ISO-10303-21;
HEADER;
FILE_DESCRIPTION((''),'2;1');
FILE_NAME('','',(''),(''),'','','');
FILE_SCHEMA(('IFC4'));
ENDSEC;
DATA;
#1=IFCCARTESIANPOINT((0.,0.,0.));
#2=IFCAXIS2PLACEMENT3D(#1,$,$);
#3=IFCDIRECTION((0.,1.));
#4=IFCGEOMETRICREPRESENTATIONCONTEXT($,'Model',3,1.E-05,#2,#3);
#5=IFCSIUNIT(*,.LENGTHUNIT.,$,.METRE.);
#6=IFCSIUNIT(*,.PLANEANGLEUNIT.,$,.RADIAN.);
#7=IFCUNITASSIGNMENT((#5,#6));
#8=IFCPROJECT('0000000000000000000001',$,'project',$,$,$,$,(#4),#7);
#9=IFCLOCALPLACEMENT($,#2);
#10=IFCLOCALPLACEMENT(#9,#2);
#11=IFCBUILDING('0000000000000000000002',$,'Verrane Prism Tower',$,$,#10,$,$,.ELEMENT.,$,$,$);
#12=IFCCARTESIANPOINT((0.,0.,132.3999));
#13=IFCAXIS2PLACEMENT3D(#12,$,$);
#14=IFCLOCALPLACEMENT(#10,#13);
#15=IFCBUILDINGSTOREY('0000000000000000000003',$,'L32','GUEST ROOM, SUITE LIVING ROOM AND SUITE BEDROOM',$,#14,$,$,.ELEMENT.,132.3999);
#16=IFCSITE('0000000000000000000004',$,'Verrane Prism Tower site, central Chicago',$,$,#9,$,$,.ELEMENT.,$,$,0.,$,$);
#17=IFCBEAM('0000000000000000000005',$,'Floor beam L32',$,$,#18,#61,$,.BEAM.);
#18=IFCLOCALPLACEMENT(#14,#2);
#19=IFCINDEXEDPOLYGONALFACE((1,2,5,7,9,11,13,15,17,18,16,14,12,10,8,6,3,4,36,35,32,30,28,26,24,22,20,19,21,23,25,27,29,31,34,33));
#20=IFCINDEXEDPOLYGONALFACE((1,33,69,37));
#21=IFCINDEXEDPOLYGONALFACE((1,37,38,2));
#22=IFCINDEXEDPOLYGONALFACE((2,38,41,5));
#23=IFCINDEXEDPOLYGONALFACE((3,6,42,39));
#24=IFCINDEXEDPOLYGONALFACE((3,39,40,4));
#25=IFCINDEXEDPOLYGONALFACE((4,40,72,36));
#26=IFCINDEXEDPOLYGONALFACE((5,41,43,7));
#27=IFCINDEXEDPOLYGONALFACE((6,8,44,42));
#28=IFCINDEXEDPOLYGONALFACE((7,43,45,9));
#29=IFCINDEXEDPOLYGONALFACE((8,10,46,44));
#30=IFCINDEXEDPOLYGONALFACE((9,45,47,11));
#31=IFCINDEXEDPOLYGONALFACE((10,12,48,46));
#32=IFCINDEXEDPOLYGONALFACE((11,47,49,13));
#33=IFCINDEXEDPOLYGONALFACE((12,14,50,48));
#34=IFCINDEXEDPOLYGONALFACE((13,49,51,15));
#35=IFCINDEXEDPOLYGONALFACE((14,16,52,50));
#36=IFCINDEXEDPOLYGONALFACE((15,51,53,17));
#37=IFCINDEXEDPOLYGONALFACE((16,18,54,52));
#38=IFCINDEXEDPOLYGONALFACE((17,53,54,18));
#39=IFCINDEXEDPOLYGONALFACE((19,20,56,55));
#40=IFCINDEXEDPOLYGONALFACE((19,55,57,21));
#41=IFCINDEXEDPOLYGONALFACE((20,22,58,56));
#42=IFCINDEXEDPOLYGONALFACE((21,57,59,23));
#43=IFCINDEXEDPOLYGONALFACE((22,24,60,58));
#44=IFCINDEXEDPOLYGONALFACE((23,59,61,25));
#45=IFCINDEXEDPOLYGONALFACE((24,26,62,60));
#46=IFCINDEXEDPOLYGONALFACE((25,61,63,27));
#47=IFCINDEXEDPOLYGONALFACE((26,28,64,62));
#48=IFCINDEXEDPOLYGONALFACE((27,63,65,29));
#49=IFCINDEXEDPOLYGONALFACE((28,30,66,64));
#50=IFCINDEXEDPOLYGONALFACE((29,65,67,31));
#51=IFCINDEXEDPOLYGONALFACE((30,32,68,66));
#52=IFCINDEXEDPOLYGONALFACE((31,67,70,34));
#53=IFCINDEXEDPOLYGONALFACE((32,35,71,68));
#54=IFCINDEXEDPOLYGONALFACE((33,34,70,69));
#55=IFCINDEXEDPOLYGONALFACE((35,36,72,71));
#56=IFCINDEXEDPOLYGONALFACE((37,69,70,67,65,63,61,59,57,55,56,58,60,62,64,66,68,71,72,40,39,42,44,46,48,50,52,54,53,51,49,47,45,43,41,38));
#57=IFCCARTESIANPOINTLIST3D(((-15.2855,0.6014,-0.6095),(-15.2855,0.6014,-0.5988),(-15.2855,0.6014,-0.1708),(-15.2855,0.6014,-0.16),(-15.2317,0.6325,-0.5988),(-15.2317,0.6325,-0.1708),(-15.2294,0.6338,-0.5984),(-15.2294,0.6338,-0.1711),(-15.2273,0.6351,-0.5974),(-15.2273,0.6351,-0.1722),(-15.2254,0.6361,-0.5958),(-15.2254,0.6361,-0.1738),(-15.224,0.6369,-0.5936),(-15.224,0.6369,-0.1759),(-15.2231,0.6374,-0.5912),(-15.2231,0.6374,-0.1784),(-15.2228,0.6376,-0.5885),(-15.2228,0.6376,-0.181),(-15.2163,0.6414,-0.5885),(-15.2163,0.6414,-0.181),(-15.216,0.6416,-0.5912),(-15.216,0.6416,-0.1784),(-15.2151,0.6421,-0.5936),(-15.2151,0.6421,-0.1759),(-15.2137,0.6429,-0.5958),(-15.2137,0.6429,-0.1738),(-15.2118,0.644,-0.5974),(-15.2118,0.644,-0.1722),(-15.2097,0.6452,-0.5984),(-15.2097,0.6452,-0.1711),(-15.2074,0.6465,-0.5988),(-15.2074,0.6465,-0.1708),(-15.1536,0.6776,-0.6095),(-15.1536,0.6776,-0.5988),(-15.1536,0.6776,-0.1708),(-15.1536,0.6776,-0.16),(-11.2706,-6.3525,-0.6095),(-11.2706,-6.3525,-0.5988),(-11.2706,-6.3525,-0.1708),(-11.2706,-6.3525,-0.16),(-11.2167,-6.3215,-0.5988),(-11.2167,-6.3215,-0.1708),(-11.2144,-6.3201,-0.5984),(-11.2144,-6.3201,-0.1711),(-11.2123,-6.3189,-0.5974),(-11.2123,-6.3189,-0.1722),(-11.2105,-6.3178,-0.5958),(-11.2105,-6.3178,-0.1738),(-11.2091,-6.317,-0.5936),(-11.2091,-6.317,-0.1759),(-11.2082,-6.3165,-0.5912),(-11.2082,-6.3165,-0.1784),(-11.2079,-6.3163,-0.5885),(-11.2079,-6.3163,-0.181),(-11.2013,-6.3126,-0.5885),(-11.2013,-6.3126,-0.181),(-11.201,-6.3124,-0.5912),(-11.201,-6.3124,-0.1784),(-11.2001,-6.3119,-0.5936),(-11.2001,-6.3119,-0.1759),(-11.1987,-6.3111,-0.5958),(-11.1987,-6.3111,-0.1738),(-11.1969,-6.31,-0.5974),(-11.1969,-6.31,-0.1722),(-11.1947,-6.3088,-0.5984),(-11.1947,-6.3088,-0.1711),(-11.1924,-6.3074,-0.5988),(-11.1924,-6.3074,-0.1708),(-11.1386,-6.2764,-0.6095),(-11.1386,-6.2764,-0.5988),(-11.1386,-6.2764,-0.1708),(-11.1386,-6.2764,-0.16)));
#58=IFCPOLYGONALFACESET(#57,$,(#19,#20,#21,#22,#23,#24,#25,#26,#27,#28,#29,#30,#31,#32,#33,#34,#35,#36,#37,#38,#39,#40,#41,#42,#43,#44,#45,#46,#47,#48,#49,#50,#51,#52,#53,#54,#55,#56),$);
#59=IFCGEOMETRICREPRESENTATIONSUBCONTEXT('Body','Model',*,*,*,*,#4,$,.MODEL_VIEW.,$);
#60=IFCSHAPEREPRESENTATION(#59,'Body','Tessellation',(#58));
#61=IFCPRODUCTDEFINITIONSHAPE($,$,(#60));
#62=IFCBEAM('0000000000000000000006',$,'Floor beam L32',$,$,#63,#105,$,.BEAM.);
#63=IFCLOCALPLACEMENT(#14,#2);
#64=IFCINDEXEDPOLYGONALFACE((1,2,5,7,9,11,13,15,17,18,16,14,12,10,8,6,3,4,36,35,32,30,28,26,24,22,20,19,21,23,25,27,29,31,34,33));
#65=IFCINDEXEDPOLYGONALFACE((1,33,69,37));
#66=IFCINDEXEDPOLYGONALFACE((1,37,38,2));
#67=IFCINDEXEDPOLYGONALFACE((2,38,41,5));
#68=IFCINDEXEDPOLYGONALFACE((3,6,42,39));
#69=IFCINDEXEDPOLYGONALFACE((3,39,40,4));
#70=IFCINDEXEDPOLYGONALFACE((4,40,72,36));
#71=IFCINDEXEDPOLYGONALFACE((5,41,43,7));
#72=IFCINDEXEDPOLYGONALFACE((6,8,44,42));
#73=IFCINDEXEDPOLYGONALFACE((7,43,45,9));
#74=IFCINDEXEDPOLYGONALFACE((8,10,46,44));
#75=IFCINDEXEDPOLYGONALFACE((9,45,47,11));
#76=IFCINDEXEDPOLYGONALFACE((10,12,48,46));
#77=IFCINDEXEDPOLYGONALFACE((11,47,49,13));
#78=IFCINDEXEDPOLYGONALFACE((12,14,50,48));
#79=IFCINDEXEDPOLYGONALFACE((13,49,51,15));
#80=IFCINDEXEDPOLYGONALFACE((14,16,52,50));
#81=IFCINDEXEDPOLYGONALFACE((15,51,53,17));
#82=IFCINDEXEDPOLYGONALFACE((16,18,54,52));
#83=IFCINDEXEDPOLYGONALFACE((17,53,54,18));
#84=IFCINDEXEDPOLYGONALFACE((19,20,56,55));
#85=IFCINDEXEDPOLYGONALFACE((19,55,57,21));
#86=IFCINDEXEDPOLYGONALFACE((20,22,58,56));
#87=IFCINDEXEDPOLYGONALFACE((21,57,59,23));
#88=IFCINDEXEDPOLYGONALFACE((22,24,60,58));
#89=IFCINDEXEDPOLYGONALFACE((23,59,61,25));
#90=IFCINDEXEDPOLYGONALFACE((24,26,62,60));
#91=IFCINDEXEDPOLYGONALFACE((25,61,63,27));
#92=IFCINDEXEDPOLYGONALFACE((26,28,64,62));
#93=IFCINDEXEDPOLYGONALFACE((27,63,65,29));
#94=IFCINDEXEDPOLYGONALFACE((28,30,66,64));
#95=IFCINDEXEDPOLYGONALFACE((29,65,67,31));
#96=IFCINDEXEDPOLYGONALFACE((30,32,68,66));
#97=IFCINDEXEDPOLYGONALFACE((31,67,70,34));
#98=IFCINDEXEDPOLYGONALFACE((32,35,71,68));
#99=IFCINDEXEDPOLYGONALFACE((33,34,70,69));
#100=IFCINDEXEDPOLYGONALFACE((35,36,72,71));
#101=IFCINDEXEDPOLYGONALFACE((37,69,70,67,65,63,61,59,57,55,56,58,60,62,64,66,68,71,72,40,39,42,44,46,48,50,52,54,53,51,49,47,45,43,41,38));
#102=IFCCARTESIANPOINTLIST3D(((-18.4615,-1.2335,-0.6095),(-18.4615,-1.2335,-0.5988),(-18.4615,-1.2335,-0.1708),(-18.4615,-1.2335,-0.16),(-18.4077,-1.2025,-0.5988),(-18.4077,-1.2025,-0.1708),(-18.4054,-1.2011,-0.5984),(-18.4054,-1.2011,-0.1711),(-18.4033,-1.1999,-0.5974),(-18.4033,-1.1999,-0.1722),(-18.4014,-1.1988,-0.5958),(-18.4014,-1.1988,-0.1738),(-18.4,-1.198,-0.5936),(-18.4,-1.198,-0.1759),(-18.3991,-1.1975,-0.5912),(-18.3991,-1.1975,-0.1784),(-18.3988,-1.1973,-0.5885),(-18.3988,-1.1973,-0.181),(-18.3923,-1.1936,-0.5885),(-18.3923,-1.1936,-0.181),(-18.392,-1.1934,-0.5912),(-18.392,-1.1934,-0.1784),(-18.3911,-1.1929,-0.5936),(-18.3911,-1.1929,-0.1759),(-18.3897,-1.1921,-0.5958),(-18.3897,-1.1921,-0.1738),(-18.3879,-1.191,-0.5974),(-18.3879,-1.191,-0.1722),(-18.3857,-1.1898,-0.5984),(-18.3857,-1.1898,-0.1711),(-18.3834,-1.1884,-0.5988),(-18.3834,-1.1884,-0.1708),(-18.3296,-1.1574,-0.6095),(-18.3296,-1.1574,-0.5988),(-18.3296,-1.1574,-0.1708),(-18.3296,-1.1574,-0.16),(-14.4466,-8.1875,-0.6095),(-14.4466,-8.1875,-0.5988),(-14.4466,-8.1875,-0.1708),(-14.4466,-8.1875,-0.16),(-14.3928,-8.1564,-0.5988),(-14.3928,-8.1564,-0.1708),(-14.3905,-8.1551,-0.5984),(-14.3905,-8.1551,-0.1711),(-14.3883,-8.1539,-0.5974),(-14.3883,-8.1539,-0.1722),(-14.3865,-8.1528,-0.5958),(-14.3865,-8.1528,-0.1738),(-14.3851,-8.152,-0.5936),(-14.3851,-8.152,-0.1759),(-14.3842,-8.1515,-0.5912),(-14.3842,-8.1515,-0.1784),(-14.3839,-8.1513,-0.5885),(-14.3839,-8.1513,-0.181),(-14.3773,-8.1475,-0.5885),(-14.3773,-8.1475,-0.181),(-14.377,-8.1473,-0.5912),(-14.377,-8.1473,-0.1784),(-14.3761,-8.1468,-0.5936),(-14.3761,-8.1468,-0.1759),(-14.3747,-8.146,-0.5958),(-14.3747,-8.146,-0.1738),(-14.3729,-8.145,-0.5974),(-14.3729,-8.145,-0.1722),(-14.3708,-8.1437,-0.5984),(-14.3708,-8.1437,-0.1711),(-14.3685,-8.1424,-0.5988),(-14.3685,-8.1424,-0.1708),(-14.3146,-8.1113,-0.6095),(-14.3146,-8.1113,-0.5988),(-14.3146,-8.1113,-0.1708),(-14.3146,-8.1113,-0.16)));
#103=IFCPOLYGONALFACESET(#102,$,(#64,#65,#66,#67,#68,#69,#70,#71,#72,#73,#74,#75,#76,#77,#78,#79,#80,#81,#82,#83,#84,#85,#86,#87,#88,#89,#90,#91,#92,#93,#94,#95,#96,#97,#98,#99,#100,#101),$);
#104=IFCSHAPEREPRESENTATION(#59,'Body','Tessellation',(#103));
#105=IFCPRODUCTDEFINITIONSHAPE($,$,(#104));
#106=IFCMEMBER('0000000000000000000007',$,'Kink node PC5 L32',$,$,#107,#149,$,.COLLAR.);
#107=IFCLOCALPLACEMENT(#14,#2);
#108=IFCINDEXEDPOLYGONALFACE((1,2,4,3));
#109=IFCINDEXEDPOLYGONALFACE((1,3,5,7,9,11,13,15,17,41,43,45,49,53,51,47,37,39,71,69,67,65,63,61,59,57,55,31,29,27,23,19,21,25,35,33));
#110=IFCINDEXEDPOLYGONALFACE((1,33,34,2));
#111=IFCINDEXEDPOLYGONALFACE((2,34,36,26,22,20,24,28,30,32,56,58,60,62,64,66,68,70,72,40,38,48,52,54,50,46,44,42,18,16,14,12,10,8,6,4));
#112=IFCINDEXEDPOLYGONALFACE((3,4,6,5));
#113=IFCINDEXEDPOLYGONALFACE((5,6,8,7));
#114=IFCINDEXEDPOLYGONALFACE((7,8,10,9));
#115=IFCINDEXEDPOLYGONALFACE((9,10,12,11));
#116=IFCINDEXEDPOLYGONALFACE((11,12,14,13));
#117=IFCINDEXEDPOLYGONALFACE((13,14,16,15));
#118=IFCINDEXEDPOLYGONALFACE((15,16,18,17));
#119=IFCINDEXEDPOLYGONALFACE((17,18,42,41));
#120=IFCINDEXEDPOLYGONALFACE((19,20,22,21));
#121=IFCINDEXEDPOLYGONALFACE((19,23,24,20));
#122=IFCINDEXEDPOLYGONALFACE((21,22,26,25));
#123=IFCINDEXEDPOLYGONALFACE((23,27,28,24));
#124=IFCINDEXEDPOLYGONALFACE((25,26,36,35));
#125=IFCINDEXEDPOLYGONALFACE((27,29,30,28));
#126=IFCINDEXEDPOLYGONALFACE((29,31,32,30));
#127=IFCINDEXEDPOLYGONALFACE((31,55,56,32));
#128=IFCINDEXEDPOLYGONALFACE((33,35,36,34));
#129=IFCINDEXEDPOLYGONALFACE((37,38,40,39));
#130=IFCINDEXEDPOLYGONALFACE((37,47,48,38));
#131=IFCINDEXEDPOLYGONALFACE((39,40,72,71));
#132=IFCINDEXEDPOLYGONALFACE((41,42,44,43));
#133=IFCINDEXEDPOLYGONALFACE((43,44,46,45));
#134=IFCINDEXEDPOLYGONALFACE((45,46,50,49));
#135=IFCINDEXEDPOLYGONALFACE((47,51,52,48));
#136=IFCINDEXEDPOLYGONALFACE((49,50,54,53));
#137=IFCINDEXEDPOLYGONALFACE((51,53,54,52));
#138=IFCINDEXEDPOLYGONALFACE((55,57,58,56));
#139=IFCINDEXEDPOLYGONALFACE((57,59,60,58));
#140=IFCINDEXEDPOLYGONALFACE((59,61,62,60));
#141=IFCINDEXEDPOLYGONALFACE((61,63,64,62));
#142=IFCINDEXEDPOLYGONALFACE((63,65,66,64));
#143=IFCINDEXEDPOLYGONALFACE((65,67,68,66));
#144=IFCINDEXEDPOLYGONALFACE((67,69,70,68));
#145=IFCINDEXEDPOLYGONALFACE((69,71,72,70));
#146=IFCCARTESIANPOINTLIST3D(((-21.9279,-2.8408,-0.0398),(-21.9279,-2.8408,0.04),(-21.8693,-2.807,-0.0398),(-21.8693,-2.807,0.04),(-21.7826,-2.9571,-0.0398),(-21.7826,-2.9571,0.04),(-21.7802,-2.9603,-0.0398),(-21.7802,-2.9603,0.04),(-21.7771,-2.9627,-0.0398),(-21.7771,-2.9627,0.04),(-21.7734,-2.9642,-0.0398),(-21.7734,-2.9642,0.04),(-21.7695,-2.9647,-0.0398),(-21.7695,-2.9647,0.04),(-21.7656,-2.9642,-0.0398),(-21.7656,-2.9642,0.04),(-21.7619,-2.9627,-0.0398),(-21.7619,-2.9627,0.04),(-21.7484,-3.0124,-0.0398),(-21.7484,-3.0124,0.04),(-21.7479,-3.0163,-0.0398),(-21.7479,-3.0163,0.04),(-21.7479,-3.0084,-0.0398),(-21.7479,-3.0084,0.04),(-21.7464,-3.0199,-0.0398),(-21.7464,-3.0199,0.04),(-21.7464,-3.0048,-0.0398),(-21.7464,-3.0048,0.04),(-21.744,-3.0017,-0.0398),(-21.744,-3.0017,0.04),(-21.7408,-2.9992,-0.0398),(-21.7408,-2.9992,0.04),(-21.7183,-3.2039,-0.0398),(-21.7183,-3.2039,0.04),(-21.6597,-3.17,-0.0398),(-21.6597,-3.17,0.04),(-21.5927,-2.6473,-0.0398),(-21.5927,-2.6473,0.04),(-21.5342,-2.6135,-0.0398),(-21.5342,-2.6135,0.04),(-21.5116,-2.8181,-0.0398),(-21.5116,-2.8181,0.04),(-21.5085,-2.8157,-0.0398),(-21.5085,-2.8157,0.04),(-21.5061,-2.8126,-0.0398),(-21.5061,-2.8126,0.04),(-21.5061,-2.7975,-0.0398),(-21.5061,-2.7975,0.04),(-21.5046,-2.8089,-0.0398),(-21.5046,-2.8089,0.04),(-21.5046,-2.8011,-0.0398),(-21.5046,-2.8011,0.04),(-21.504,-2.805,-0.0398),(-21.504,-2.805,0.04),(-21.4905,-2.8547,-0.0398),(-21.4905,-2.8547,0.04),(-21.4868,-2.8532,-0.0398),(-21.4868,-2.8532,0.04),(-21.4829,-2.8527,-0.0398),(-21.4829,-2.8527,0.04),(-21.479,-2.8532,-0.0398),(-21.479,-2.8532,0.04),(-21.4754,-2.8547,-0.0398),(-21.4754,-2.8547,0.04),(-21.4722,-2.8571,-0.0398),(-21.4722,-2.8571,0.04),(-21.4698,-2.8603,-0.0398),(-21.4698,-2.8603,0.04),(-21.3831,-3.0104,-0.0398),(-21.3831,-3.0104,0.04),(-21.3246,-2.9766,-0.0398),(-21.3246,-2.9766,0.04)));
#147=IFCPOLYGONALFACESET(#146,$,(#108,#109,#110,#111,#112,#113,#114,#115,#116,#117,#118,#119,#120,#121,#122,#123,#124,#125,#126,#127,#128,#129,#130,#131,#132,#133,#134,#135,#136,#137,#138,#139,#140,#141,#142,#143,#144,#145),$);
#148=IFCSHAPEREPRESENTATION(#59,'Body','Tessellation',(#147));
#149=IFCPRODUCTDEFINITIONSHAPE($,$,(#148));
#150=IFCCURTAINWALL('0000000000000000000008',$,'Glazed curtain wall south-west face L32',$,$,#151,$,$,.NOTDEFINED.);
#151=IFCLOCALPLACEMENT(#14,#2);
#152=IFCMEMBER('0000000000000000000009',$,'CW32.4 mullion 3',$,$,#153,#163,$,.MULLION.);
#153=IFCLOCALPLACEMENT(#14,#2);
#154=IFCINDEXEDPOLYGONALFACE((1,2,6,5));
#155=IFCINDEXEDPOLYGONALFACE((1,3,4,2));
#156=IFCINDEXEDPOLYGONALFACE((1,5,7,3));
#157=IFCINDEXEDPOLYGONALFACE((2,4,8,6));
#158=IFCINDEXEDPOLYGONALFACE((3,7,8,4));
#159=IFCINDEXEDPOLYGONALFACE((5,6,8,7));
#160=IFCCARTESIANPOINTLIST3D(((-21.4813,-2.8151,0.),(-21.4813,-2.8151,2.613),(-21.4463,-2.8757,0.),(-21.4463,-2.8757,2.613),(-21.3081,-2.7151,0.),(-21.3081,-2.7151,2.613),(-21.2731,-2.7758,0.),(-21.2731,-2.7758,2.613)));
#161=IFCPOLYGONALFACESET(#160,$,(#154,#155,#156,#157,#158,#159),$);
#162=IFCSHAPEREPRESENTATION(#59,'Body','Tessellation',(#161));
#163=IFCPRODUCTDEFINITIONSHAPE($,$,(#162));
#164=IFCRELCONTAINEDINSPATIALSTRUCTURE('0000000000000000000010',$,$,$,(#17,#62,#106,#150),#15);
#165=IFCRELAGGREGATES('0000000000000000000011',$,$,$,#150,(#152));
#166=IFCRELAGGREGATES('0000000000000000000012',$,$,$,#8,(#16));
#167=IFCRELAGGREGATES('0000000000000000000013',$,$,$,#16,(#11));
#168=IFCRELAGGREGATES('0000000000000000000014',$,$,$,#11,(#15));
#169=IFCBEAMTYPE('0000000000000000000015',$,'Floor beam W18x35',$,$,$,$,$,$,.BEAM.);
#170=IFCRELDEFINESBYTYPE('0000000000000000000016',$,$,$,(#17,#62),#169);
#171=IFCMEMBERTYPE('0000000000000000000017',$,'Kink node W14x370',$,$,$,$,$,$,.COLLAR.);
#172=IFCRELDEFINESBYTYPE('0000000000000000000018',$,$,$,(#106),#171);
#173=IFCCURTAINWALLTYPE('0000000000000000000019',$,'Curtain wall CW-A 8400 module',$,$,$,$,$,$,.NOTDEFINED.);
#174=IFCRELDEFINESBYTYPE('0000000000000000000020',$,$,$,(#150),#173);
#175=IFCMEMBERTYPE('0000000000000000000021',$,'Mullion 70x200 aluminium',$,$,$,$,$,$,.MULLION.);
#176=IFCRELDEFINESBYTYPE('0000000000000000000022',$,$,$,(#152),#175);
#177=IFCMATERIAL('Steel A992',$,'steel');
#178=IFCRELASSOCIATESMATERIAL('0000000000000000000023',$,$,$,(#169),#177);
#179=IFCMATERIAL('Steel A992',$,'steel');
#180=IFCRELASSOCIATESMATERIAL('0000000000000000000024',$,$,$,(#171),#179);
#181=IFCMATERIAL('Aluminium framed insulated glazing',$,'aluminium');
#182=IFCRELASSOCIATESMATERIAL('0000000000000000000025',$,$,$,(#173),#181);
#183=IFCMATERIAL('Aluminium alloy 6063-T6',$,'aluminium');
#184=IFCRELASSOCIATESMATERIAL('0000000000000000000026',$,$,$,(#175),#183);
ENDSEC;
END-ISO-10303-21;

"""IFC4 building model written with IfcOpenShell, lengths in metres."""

from ifc_helpers import new_model, si_unit, direction, frame, origin, origin_2d, place, context, subcontext, project, spatial, rectangle, i_section, extrude, material, material_profile, profile_set, type_object, element, aggregate, save


model = new_model("IFC4")

# Units and contexts
model_context = context("Model", 3, precision=1e-05, world=origin(), true_north=direction((0.0, 1.0)))
body_context = subcontext(model_context, "Body", "Model", "MODEL_VIEW")
ifc_project = project(units=[si_unit("LENGTHUNIT", "METRE"), si_unit("PLANEANGLEUNIT", "RADIAN")], contexts=[model_context])

# Site, building, storey
site_placement = place(None, origin())
site = spatial("IfcSite", under=ifc_project, at=site_placement, Name="Verrane Prism Tower site, central Chicago", CompositionType="ELEMENT", RefElevation=0.0)
building_placement = place(site_placement, origin())
building = spatial("IfcBuilding", under=site, at=building_placement, Name="Verrane Prism Tower", CompositionType="ELEMENT")
storey_placement = place(building_placement, frame((0.0, 0.0, 132.3999)))
storey = spatial("IfcBuildingStorey", under=building, at=storey_placement, Name="L32", Description="GUEST ROOM, SUITE LIVING ROOM AND SUITE BEDROOM", CompositionType="ELEMENT", Elevation=132.3999)

# Beams
ifc_material_1 = material(Name="Steel A992", Category="steel")
ifc_material_profile_1 = material_profile(ifc_material_1, i_section(OverallWidth=0.1523, OverallDepth=0.4495, WebThickness=0.0076, FlangeThickness=0.0107, FilletRadius=0.0103, at=origin_2d()), Name="W18x35")
ifc_profile_set_1 = profile_set([ifc_material_profile_1], Name="Steel A992")
beam_type_1 = type_object("IfcBeamType", Name="Floor beam W18x35", PredefinedType="BEAM", material=ifc_profile_set_1)
for number, where, z_axis, x_axis, name in (
    (1, (-11.2046, -6.3145, -0.3848), (-0.500008, 0.866021, 0.0), (-0.866021, -0.500008, 0.0), "Floor beam L32"),
    (2, (-14.3806, -8.1494, -0.3848), (-0.500008, 0.866021, 0.0), (-0.866021, -0.500008, 0.0), "Floor beam L32"),
):
    element("IfcBeam", number, at=place(storey_placement, frame(where, z_axis=z_axis, x_axis=x_axis)), inside=storey, type_object=beam_type_1, Name=name, PredefinedType="BEAM", context=body_context, shape_type="SweptSolid", body=[
        extrude(i_section(OverallWidth=0.1523, OverallDepth=0.4495, WebThickness=0.0076, FlangeThickness=0.0107, FilletRadius=0.0103, at=origin_2d()), origin(), (0.0, 0.0, 1.0), 8.0298),
    ])

# Member
ifc_material_2 = material(Name="Steel A992", Category="steel")
ifc_material_profile_2 = material_profile(ifc_material_2, i_section(OverallWidth=0.4192, OverallDepth=0.4546, WebThickness=0.0422, FlangeThickness=0.0676, FilletRadius=0.0151, at=origin_2d()), Name="W14x370")
ifc_profile_set_2 = profile_set([ifc_material_profile_2], Name="Steel A992")
member_type_1 = type_object("IfcMemberType", Name="Kink node W14x370", PredefinedType="COLLAR", material=ifc_profile_set_2)
member_1_placement = place(storey_placement, frame((-21.6262, -2.9087, -0.0398), z_axis=(0.0, 0.0, 1.0), x_axis=(-0.5, 0.866025, 0.0)))
element("IfcMember", 3, at=member_1_placement, inside=storey, type_object=member_type_1, Name="Kink node PC5 L32", PredefinedType="COLLAR", context=body_context, shape_type="SweptSolid", body=[
    extrude(i_section(OverallWidth=0.4192, OverallDepth=0.4546, WebThickness=0.0422, FlangeThickness=0.0676, FilletRadius=0.0151, at=origin_2d()), origin(), (0.0, 0.0, 1.0), 0.0798),
])

# Curtain wall, member
ifc_material_3 = material(Name="Aluminium framed insulated glazing", Category="aluminium")
curtain_wall_type = type_object("IfcCurtainWallType", Name="Curtain wall CW-A 8400 module", PredefinedType="NOTDEFINED", material=ifc_material_3)
curtain_wall_placement = place(storey_placement, origin())
curtain_wall = element("IfcCurtainWall", 4, at=curtain_wall_placement, inside=storey, type_object=curtain_wall_type, Name="Glazed curtain wall south-west face L32", PredefinedType="NOTDEFINED")
ifc_material_4 = material(Name="Aluminium alloy 6063-T6", Category="aluminium")
ifc_material_profile_3 = material_profile(ifc_material_4, rectangle(XDim=0.2, YDim=0.0701, at=origin_2d()), Name="Mullion 70x200 aluminium")
ifc_profile_set_3 = profile_set([ifc_material_profile_3], Name="Aluminium alloy 6063-T6")
member_type_2 = type_object("IfcMemberType", Name="Mullion 70x200 aluminium", PredefinedType="MULLION", material=ifc_profile_set_3)
member_2_placement = place(storey_placement, frame((-21.3772, -2.7954, 0.0), z_axis=(0.0, 0.0, 1.0), x_axis=(0.866025, 0.5, 0.0)))
member_2 = element("IfcMember", 5, at=member_2_placement, type_object=member_type_2, Name="CW32.4 mullion 3", PredefinedType="MULLION", context=body_context, shape_type="SweptSolid", body=[
    extrude(rectangle(XDim=0.2, YDim=0.0701, at=origin_2d()), origin(), (0.0, 0.0, 1.0), 2.613),
])

aggregate(curtain_wall, [member_2])

save(model, "model.ifc")
